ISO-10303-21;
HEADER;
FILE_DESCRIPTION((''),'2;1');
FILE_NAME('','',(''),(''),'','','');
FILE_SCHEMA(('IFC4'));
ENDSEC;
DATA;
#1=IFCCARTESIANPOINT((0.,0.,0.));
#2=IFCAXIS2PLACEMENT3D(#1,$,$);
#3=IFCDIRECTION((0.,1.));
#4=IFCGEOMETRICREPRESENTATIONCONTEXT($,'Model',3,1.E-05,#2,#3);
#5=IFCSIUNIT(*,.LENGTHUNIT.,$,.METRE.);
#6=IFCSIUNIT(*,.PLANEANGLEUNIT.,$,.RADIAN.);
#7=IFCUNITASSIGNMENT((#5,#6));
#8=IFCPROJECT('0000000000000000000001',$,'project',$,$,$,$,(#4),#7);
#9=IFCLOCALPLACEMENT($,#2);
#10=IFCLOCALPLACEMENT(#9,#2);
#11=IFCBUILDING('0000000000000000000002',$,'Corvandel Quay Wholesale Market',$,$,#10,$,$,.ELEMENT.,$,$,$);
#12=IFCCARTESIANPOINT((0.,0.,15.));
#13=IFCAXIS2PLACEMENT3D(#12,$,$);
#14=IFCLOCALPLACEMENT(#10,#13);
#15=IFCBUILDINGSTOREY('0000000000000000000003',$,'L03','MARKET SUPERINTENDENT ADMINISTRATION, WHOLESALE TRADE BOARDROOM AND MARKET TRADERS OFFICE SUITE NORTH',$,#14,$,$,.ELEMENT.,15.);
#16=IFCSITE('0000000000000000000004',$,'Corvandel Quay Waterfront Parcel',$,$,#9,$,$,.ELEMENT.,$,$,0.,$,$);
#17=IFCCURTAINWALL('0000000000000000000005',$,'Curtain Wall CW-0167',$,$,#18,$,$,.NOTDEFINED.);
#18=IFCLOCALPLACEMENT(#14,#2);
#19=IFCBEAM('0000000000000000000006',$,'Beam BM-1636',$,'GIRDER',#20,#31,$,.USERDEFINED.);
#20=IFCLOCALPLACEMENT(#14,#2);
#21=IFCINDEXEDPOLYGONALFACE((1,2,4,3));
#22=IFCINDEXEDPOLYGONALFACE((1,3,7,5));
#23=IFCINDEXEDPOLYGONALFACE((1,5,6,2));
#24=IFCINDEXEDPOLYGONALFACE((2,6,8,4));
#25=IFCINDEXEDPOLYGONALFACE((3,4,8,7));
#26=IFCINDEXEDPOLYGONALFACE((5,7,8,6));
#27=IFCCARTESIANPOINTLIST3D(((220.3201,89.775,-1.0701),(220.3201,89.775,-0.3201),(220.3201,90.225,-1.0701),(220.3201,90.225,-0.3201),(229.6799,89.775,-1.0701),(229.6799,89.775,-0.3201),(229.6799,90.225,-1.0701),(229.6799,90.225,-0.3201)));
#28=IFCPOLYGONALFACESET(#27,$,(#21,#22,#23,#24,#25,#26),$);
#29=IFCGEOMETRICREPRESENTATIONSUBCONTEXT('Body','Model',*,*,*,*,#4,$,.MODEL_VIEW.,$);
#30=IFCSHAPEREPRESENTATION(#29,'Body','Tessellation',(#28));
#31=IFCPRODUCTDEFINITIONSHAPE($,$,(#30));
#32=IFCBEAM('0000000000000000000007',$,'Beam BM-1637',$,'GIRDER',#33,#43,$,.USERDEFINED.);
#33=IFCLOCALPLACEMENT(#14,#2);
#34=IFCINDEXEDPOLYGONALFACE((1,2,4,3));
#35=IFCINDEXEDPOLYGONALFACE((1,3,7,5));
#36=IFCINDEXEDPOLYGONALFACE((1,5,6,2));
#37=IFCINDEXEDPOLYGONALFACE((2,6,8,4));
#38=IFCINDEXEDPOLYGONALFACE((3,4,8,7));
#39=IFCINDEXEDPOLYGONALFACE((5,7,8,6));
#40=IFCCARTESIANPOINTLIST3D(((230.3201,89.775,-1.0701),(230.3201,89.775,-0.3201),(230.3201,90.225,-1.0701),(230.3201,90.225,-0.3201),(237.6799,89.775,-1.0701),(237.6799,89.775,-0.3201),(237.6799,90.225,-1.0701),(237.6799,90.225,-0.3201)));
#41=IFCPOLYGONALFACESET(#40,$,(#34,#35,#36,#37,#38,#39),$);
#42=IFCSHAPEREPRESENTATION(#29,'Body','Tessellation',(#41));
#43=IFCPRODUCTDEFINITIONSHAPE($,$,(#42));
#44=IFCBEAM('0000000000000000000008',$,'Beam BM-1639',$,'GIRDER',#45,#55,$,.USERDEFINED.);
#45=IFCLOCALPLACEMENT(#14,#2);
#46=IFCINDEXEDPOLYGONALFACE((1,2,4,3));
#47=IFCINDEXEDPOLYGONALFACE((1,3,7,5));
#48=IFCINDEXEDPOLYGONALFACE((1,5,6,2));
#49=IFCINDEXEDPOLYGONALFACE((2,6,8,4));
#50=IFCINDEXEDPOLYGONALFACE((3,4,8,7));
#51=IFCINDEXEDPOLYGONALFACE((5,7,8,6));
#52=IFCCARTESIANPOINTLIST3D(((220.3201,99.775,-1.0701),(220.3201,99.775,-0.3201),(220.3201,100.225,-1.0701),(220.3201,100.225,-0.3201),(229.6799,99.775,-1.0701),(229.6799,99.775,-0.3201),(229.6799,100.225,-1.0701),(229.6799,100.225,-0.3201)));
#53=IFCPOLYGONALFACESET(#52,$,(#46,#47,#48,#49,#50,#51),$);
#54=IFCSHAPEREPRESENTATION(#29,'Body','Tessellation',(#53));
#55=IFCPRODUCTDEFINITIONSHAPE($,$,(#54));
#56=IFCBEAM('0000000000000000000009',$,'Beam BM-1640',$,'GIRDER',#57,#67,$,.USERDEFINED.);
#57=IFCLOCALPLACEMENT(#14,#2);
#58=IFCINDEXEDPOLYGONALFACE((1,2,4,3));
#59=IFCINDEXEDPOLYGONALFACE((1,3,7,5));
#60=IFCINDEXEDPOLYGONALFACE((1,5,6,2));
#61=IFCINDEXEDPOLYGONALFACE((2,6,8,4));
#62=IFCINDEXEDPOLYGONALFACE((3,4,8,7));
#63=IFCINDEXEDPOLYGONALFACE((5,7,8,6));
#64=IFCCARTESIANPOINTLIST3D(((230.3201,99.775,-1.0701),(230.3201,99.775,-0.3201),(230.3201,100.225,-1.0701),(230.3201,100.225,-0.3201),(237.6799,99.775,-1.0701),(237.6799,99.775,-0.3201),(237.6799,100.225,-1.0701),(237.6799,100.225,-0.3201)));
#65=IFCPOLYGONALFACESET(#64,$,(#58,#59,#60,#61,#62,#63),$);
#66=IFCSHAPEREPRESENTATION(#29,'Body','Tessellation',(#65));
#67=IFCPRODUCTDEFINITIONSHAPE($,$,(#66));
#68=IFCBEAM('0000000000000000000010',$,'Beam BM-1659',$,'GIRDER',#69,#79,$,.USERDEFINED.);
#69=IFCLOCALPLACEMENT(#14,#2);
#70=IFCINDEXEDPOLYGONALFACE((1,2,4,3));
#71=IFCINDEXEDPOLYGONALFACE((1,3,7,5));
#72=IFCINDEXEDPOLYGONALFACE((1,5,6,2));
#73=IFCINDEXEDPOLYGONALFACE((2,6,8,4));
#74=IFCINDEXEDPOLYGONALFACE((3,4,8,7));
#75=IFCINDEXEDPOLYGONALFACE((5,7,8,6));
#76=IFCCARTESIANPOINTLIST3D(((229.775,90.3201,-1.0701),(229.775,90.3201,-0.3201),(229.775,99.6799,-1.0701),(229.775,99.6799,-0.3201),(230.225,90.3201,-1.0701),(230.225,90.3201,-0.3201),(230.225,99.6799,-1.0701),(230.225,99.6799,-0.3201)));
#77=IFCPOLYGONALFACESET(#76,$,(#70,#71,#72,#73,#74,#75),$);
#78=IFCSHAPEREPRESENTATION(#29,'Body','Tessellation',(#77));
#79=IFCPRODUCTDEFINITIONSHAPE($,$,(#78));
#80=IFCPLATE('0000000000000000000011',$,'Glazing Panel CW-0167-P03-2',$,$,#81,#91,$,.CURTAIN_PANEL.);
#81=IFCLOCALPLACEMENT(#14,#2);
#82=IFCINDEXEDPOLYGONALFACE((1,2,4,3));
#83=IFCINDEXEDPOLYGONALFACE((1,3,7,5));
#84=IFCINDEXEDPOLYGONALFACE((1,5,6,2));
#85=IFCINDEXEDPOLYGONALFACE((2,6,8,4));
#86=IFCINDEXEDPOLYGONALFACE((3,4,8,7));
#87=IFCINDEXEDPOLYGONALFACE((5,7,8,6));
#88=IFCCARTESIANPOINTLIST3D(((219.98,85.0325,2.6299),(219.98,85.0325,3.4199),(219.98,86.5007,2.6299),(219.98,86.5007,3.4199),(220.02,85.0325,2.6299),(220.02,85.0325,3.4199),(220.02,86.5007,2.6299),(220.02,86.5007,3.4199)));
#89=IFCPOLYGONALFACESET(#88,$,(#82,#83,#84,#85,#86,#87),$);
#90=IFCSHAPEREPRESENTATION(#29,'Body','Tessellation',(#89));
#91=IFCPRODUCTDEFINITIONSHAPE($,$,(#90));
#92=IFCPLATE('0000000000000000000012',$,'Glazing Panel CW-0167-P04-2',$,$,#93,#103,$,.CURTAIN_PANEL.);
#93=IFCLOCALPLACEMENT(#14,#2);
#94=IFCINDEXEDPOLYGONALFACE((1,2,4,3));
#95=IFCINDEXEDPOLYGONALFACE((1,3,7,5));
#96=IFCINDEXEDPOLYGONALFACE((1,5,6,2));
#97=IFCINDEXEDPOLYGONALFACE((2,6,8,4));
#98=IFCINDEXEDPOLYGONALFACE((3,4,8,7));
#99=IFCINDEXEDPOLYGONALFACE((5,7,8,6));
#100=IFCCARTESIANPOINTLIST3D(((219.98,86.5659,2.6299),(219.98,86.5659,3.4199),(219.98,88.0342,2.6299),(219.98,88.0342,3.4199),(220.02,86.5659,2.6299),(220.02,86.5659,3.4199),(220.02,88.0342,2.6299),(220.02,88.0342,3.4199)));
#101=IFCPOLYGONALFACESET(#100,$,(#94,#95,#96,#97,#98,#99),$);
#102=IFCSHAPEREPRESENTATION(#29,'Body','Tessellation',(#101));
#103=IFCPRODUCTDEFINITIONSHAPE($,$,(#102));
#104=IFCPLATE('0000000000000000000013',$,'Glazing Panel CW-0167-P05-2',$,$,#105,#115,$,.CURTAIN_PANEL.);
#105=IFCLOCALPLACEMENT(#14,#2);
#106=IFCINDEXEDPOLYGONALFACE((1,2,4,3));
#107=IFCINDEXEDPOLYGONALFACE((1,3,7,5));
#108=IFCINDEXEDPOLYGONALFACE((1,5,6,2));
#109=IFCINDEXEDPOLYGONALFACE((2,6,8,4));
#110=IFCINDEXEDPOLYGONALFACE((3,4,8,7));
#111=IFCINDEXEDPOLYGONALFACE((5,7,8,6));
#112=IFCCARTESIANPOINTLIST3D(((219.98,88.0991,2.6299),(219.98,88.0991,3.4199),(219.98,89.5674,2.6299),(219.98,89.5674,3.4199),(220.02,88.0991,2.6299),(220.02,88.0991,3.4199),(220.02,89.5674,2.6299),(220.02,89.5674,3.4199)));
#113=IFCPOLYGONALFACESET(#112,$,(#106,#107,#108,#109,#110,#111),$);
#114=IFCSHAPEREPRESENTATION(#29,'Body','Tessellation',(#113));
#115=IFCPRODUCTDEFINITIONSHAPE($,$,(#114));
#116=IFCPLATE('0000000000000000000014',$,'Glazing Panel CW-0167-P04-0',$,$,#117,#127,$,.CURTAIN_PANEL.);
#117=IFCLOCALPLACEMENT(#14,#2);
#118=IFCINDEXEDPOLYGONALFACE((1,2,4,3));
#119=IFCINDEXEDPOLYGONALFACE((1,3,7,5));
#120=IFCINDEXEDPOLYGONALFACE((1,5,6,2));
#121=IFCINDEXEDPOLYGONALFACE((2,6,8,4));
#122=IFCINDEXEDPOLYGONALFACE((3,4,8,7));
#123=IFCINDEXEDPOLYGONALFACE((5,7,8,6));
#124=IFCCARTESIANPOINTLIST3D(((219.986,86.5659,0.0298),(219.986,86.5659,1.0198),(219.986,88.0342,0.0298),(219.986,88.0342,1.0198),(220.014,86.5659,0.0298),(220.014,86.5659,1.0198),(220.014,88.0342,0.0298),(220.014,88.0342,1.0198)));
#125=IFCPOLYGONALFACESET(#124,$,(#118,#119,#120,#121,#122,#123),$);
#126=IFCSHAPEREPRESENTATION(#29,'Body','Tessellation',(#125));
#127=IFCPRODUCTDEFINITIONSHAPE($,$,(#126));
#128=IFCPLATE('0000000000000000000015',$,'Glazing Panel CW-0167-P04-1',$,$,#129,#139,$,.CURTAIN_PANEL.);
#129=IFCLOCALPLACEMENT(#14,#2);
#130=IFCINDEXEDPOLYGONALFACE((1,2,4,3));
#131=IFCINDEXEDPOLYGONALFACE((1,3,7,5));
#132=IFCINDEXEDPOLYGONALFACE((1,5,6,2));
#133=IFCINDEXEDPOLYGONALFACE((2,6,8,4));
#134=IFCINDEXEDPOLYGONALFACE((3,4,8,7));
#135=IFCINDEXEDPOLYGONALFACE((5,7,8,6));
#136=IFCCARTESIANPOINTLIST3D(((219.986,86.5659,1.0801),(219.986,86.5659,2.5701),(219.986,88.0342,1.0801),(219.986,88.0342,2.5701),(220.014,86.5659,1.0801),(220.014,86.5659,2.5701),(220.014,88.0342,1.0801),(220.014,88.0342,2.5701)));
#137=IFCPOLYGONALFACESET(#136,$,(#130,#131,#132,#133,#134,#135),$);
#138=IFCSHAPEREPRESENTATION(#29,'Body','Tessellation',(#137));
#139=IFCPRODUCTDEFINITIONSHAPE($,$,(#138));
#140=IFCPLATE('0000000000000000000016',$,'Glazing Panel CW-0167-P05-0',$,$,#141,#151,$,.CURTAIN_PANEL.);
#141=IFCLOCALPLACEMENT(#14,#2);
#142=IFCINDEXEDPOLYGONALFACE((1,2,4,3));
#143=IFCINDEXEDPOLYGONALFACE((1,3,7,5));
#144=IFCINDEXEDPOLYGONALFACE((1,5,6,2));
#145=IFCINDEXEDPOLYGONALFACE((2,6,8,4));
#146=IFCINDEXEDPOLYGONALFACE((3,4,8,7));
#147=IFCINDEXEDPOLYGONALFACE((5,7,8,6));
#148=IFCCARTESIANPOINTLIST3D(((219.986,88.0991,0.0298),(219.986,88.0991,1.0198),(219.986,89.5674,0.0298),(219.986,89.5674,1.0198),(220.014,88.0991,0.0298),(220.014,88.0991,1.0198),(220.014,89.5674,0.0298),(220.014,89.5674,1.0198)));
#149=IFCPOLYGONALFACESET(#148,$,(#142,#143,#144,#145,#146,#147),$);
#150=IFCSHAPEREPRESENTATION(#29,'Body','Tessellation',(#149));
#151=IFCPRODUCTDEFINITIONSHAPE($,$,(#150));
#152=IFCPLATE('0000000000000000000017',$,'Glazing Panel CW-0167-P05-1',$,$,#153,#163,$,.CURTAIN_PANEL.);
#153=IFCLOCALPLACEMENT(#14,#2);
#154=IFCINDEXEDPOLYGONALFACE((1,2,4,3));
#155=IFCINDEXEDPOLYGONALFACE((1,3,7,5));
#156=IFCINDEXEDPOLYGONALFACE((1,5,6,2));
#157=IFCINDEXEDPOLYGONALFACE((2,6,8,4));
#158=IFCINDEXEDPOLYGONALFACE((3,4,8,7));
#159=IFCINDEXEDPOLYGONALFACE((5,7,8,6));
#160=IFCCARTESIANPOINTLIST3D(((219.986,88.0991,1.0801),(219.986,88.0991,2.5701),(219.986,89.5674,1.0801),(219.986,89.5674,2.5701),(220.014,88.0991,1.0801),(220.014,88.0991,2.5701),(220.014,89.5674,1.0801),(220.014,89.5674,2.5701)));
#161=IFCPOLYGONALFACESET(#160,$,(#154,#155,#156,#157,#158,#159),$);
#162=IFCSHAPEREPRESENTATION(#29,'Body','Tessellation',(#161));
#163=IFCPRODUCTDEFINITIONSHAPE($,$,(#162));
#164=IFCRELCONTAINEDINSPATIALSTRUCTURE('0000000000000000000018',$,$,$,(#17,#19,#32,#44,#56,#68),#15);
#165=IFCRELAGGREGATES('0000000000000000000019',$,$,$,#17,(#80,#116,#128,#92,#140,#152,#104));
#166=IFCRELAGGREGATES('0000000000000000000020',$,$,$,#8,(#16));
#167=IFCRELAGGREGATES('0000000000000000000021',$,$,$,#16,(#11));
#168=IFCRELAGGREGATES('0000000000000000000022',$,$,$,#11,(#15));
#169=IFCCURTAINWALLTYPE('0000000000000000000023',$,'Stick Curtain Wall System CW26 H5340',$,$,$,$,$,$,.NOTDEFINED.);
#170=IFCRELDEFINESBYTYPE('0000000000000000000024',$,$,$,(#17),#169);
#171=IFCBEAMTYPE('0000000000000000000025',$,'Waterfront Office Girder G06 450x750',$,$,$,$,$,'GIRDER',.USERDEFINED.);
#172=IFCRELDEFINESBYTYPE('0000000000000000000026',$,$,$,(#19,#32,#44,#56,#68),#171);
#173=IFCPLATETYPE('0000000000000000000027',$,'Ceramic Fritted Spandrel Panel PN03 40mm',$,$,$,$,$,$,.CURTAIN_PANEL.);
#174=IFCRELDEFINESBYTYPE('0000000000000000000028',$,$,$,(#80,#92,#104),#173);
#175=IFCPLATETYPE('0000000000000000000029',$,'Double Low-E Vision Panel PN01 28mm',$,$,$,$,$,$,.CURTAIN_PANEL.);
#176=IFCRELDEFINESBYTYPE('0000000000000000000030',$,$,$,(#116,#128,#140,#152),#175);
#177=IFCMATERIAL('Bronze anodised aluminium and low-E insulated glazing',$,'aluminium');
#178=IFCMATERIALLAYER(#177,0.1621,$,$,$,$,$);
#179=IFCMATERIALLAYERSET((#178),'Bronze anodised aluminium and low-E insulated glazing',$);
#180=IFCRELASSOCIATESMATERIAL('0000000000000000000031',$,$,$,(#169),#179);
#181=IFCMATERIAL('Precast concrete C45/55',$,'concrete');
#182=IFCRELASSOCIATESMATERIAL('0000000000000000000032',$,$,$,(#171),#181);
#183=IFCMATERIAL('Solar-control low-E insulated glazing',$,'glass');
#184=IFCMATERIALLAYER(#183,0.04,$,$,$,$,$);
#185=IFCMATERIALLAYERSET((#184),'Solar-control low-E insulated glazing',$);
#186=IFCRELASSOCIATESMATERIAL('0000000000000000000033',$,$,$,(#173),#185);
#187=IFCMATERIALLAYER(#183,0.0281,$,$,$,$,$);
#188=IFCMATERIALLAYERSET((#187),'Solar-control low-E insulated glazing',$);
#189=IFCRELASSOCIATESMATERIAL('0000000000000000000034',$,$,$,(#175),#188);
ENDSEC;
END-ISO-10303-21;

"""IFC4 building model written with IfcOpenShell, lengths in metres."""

from ifc_helpers import new_model, si_unit, direction, frame, origin, origin_2d, place, context, subcontext, project, spatial, rectangle, extrude, material, layer, layer_set, material_profile, profile_set, type_object, element, aggregate, save


model = new_model("IFC4")

# Units and contexts
model_context = context("Model", 3, precision=1e-05, world=origin(), true_north=direction((0.0, 1.0)))
body_context = subcontext(model_context, "Body", "Model", "MODEL_VIEW")
ifc_project = project(units=[si_unit("LENGTHUNIT", "METRE"), si_unit("PLANEANGLEUNIT", "RADIAN")], contexts=[model_context])

# Site, building, storey
site_placement = place(None, origin())
site = spatial("IfcSite", under=ifc_project, at=site_placement, Name="Corvandel Quay Waterfront Parcel", CompositionType="ELEMENT", RefElevation=0.0)
building_placement = place(site_placement, origin())
building = spatial("IfcBuilding", under=site, at=building_placement, Name="Corvandel Quay Wholesale Market", CompositionType="ELEMENT")
storey_placement = place(building_placement, frame((0.0, 0.0, 15.0)))
storey = spatial("IfcBuildingStorey", under=building, at=storey_placement, Name="L03", Description="MARKET SUPERINTENDENT ADMINISTRATION, WHOLESALE TRADE BOARDROOM AND MARKET TRADERS OFFICE SUITE NORTH", CompositionType="ELEMENT", Elevation=15.0)

# Shared definitions
ifc_material_1 = material(Name="Precast concrete C45/55", Category="concrete")

# Curtain wall
ifc_material_2 = material(Name="Bronze anodised aluminium and low-E insulated glazing", Category="aluminium")
ifc_layer_1 = layer(ifc_material_2, 0.1621)
ifc_layer_set_1 = layer_set([ifc_layer_1], Name="Bronze anodised aluminium and low-E insulated glazing")
curtain_wall_type = type_object("IfcCurtainWallType", Name="Stick Curtain Wall System CW26 H5340", PredefinedType="NOTDEFINED", material=ifc_layer_set_1)
curtain_wall_placement = place(storey_placement, origin())
curtain_wall = element("IfcCurtainWall", 1, at=curtain_wall_placement, inside=storey, type_object=curtain_wall_type, Name="Curtain Wall CW-0167", PredefinedType="NOTDEFINED")

# Beams
ifc_material_profile_1 = material_profile(ifc_material_1, rectangle(XDim=0.45, YDim=0.75, at=origin_2d()), Name="PC-GIR-450x750")
ifc_profile_set_1 = profile_set([ifc_material_profile_1], Name="Precast concrete C45/55")
beam_type_1 = type_object("IfcBeamType", Name="Waterfront Office Girder G06 450x750", ElementType="GIRDER", PredefinedType="USERDEFINED", material=ifc_profile_set_1)
beam_1_placement = place(storey_placement, frame((220.3201, 90.0, -0.6951), z_axis=(1.0, 0.0, 0.0), x_axis=(0.0, 1.0, 0.0)))
element("IfcBeam", 2, at=beam_1_placement, inside=storey, type_object=beam_type_1, Name="Beam BM-1636", ObjectType="GIRDER", PredefinedType="USERDEFINED", context=body_context, shape_type="SweptSolid", body=[
    extrude(rectangle(XDim=0.45, YDim=0.75, at=origin_2d()), origin(), (0.0, 0.0, 1.0), 9.3599),
])
beam_2_placement = place(storey_placement, frame((230.3201, 90.0, -0.6951), z_axis=(1.0, 0.0, 0.0), x_axis=(0.0, 1.0, 0.0)))
element("IfcBeam", 3, at=beam_2_placement, inside=storey, type_object=beam_type_1, Name="Beam BM-1637", ObjectType="GIRDER", PredefinedType="USERDEFINED", context=body_context, shape_type="SweptSolid", body=[
    extrude(rectangle(XDim=0.45, YDim=0.75, at=origin_2d()), origin(), (0.0, 0.0, 1.0), 7.3599),
])
beam_3_placement = place(storey_placement, frame((220.3201, 100.0, -0.6951), z_axis=(1.0, 0.0, 0.0), x_axis=(0.0, 1.0, 0.0)))
element("IfcBeam", 4, at=beam_3_placement, inside=storey, type_object=beam_type_1, Name="Beam BM-1639", ObjectType="GIRDER", PredefinedType="USERDEFINED", context=body_context, shape_type="SweptSolid", body=[
    extrude(rectangle(XDim=0.45, YDim=0.75, at=origin_2d()), origin(), (0.0, 0.0, 1.0), 9.3599),
])
beam_4_placement = place(storey_placement, frame((230.3201, 100.0, -0.6951), z_axis=(1.0, 0.0, 0.0), x_axis=(0.0, 1.0, 0.0)))
element("IfcBeam", 5, at=beam_4_placement, inside=storey, type_object=beam_type_1, Name="Beam BM-1640", ObjectType="GIRDER", PredefinedType="USERDEFINED", context=body_context, shape_type="SweptSolid", body=[
    extrude(rectangle(XDim=0.45, YDim=0.75, at=origin_2d()), origin(), (0.0, 0.0, 1.0), 7.3599),
])
beam_5_placement = place(storey_placement, frame((230.0, 90.3201, -0.6951), z_axis=(0.0, 1.0, 0.0), x_axis=(-1.0, 0.0, 0.0)))
element("IfcBeam", 6, at=beam_5_placement, inside=storey, type_object=beam_type_1, Name="Beam BM-1659", ObjectType="GIRDER", PredefinedType="USERDEFINED", context=body_context, shape_type="SweptSolid", body=[
    extrude(rectangle(XDim=0.45, YDim=0.75, at=origin_2d()), origin(), (0.0, 0.0, 1.0), 9.3599),
])

# Plates
ifc_material_3 = material(Name="Solar-control low-E insulated glazing", Category="glass")
ifc_layer_2 = layer(ifc_material_3, 0.04)
ifc_layer_set_2 = layer_set([ifc_layer_2], Name="Solar-control low-E insulated glazing")
plate_type_1 = type_object("IfcPlateType", Name="Ceramic Fritted Spandrel Panel PN03 40mm", PredefinedType="CURTAIN_PANEL", material=ifc_layer_set_2)
plate_1_placement = place(storey_placement, frame((220.0, 85.7666, 2.6299), z_axis=(0.0, 0.0, 1.0), x_axis=(0.0, 1.0, 0.0)))
plate_1 = element("IfcPlate", 7, at=plate_1_placement, type_object=plate_type_1, Name="Glazing Panel CW-0167-P03-2", PredefinedType="CURTAIN_PANEL", context=body_context, shape_type="SweptSolid", body=[
    extrude(rectangle(XDim=1.4683, YDim=0.04, at=origin_2d()), origin(), (0.0, 0.0, 1.0), 0.79),
])
plate_2_placement = place(storey_placement, frame((220.0, 87.3, 2.6299), z_axis=(0.0, 0.0, 1.0), x_axis=(0.0, 1.0, 0.0)))
plate_2 = element("IfcPlate", 8, at=plate_2_placement, type_object=plate_type_1, Name="Glazing Panel CW-0167-P04-2", PredefinedType="CURTAIN_PANEL", context=body_context, shape_type="SweptSolid", body=[
    extrude(rectangle(XDim=1.4683, YDim=0.04, at=origin_2d()), origin(), (0.0, 0.0, 1.0), 0.79),
])
plate_3_placement = place(storey_placement, frame((220.0, 88.8333, 2.6299), z_axis=(0.0, 0.0, 1.0), x_axis=(0.0, 1.0, 0.0)))
plate_3 = element("IfcPlate", 9, at=plate_3_placement, type_object=plate_type_1, Name="Glazing Panel CW-0167-P05-2", PredefinedType="CURTAIN_PANEL", context=body_context, shape_type="SweptSolid", body=[
    extrude(rectangle(XDim=1.4683, YDim=0.04, at=origin_2d()), origin(), (0.0, 0.0, 1.0), 0.79),
])
ifc_layer_3 = layer(ifc_material_3, 0.0281)
ifc_layer_set_3 = layer_set([ifc_layer_3], Name="Solar-control low-E insulated glazing")
plate_type_2 = type_object("IfcPlateType", Name="Double Low-E Vision Panel PN01 28mm", PredefinedType="CURTAIN_PANEL", material=ifc_layer_set_3)
plate_4_placement = place(storey_placement, frame((220.0, 87.3, 0.0298), z_axis=(0.0, 0.0, 1.0), x_axis=(0.0, 1.0, 0.0)))
plate_4 = element("IfcPlate", 10, at=plate_4_placement, type_object=plate_type_2, Name="Glazing Panel CW-0167-P04-0", PredefinedType="CURTAIN_PANEL", context=body_context, shape_type="SweptSolid", body=[
    extrude(rectangle(XDim=1.4683, YDim=0.0281, at=origin_2d()), origin(), (0.0, 0.0, 1.0), 0.99),
])
plate_5_placement = place(storey_placement, frame((220.0, 87.3, 1.0801), z_axis=(0.0, 0.0, 1.0), x_axis=(0.0, 1.0, 0.0)))
plate_5 = element("IfcPlate", 11, at=plate_5_placement, type_object=plate_type_2, Name="Glazing Panel CW-0167-P04-1", PredefinedType="CURTAIN_PANEL", context=body_context, shape_type="SweptSolid", body=[
    extrude(rectangle(XDim=1.4683, YDim=0.0281, at=origin_2d()), origin(), (0.0, 0.0, 1.0), 1.49),
])
plate_6_placement = place(storey_placement, frame((220.0, 88.8333, 0.0298), z_axis=(0.0, 0.0, 1.0), x_axis=(0.0, 1.0, 0.0)))
plate_6 = element("IfcPlate", 12, at=plate_6_placement, type_object=plate_type_2, Name="Glazing Panel CW-0167-P05-0", PredefinedType="CURTAIN_PANEL", context=body_context, shape_type="SweptSolid", body=[
    extrude(rectangle(XDim=1.4683, YDim=0.0281, at=origin_2d()), origin(), (0.0, 0.0, 1.0), 0.99),
])
plate_7_placement = place(storey_placement, frame((220.0, 88.8333, 1.0801), z_axis=(0.0, 0.0, 1.0), x_axis=(0.0, 1.0, 0.0)))
plate_7 = element("IfcPlate", 13, at=plate_7_placement, type_object=plate_type_2, Name="Glazing Panel CW-0167-P05-1", PredefinedType="CURTAIN_PANEL", context=body_context, shape_type="SweptSolid", body=[
    extrude(rectangle(XDim=1.4683, YDim=0.0281, at=origin_2d()), origin(), (0.0, 0.0, 1.0), 1.49),
])
aggregate(curtain_wall, [plate_1, plate_4, plate_5, plate_2, plate_6, plate_7, plate_3])

save(model, "model.ifc")
